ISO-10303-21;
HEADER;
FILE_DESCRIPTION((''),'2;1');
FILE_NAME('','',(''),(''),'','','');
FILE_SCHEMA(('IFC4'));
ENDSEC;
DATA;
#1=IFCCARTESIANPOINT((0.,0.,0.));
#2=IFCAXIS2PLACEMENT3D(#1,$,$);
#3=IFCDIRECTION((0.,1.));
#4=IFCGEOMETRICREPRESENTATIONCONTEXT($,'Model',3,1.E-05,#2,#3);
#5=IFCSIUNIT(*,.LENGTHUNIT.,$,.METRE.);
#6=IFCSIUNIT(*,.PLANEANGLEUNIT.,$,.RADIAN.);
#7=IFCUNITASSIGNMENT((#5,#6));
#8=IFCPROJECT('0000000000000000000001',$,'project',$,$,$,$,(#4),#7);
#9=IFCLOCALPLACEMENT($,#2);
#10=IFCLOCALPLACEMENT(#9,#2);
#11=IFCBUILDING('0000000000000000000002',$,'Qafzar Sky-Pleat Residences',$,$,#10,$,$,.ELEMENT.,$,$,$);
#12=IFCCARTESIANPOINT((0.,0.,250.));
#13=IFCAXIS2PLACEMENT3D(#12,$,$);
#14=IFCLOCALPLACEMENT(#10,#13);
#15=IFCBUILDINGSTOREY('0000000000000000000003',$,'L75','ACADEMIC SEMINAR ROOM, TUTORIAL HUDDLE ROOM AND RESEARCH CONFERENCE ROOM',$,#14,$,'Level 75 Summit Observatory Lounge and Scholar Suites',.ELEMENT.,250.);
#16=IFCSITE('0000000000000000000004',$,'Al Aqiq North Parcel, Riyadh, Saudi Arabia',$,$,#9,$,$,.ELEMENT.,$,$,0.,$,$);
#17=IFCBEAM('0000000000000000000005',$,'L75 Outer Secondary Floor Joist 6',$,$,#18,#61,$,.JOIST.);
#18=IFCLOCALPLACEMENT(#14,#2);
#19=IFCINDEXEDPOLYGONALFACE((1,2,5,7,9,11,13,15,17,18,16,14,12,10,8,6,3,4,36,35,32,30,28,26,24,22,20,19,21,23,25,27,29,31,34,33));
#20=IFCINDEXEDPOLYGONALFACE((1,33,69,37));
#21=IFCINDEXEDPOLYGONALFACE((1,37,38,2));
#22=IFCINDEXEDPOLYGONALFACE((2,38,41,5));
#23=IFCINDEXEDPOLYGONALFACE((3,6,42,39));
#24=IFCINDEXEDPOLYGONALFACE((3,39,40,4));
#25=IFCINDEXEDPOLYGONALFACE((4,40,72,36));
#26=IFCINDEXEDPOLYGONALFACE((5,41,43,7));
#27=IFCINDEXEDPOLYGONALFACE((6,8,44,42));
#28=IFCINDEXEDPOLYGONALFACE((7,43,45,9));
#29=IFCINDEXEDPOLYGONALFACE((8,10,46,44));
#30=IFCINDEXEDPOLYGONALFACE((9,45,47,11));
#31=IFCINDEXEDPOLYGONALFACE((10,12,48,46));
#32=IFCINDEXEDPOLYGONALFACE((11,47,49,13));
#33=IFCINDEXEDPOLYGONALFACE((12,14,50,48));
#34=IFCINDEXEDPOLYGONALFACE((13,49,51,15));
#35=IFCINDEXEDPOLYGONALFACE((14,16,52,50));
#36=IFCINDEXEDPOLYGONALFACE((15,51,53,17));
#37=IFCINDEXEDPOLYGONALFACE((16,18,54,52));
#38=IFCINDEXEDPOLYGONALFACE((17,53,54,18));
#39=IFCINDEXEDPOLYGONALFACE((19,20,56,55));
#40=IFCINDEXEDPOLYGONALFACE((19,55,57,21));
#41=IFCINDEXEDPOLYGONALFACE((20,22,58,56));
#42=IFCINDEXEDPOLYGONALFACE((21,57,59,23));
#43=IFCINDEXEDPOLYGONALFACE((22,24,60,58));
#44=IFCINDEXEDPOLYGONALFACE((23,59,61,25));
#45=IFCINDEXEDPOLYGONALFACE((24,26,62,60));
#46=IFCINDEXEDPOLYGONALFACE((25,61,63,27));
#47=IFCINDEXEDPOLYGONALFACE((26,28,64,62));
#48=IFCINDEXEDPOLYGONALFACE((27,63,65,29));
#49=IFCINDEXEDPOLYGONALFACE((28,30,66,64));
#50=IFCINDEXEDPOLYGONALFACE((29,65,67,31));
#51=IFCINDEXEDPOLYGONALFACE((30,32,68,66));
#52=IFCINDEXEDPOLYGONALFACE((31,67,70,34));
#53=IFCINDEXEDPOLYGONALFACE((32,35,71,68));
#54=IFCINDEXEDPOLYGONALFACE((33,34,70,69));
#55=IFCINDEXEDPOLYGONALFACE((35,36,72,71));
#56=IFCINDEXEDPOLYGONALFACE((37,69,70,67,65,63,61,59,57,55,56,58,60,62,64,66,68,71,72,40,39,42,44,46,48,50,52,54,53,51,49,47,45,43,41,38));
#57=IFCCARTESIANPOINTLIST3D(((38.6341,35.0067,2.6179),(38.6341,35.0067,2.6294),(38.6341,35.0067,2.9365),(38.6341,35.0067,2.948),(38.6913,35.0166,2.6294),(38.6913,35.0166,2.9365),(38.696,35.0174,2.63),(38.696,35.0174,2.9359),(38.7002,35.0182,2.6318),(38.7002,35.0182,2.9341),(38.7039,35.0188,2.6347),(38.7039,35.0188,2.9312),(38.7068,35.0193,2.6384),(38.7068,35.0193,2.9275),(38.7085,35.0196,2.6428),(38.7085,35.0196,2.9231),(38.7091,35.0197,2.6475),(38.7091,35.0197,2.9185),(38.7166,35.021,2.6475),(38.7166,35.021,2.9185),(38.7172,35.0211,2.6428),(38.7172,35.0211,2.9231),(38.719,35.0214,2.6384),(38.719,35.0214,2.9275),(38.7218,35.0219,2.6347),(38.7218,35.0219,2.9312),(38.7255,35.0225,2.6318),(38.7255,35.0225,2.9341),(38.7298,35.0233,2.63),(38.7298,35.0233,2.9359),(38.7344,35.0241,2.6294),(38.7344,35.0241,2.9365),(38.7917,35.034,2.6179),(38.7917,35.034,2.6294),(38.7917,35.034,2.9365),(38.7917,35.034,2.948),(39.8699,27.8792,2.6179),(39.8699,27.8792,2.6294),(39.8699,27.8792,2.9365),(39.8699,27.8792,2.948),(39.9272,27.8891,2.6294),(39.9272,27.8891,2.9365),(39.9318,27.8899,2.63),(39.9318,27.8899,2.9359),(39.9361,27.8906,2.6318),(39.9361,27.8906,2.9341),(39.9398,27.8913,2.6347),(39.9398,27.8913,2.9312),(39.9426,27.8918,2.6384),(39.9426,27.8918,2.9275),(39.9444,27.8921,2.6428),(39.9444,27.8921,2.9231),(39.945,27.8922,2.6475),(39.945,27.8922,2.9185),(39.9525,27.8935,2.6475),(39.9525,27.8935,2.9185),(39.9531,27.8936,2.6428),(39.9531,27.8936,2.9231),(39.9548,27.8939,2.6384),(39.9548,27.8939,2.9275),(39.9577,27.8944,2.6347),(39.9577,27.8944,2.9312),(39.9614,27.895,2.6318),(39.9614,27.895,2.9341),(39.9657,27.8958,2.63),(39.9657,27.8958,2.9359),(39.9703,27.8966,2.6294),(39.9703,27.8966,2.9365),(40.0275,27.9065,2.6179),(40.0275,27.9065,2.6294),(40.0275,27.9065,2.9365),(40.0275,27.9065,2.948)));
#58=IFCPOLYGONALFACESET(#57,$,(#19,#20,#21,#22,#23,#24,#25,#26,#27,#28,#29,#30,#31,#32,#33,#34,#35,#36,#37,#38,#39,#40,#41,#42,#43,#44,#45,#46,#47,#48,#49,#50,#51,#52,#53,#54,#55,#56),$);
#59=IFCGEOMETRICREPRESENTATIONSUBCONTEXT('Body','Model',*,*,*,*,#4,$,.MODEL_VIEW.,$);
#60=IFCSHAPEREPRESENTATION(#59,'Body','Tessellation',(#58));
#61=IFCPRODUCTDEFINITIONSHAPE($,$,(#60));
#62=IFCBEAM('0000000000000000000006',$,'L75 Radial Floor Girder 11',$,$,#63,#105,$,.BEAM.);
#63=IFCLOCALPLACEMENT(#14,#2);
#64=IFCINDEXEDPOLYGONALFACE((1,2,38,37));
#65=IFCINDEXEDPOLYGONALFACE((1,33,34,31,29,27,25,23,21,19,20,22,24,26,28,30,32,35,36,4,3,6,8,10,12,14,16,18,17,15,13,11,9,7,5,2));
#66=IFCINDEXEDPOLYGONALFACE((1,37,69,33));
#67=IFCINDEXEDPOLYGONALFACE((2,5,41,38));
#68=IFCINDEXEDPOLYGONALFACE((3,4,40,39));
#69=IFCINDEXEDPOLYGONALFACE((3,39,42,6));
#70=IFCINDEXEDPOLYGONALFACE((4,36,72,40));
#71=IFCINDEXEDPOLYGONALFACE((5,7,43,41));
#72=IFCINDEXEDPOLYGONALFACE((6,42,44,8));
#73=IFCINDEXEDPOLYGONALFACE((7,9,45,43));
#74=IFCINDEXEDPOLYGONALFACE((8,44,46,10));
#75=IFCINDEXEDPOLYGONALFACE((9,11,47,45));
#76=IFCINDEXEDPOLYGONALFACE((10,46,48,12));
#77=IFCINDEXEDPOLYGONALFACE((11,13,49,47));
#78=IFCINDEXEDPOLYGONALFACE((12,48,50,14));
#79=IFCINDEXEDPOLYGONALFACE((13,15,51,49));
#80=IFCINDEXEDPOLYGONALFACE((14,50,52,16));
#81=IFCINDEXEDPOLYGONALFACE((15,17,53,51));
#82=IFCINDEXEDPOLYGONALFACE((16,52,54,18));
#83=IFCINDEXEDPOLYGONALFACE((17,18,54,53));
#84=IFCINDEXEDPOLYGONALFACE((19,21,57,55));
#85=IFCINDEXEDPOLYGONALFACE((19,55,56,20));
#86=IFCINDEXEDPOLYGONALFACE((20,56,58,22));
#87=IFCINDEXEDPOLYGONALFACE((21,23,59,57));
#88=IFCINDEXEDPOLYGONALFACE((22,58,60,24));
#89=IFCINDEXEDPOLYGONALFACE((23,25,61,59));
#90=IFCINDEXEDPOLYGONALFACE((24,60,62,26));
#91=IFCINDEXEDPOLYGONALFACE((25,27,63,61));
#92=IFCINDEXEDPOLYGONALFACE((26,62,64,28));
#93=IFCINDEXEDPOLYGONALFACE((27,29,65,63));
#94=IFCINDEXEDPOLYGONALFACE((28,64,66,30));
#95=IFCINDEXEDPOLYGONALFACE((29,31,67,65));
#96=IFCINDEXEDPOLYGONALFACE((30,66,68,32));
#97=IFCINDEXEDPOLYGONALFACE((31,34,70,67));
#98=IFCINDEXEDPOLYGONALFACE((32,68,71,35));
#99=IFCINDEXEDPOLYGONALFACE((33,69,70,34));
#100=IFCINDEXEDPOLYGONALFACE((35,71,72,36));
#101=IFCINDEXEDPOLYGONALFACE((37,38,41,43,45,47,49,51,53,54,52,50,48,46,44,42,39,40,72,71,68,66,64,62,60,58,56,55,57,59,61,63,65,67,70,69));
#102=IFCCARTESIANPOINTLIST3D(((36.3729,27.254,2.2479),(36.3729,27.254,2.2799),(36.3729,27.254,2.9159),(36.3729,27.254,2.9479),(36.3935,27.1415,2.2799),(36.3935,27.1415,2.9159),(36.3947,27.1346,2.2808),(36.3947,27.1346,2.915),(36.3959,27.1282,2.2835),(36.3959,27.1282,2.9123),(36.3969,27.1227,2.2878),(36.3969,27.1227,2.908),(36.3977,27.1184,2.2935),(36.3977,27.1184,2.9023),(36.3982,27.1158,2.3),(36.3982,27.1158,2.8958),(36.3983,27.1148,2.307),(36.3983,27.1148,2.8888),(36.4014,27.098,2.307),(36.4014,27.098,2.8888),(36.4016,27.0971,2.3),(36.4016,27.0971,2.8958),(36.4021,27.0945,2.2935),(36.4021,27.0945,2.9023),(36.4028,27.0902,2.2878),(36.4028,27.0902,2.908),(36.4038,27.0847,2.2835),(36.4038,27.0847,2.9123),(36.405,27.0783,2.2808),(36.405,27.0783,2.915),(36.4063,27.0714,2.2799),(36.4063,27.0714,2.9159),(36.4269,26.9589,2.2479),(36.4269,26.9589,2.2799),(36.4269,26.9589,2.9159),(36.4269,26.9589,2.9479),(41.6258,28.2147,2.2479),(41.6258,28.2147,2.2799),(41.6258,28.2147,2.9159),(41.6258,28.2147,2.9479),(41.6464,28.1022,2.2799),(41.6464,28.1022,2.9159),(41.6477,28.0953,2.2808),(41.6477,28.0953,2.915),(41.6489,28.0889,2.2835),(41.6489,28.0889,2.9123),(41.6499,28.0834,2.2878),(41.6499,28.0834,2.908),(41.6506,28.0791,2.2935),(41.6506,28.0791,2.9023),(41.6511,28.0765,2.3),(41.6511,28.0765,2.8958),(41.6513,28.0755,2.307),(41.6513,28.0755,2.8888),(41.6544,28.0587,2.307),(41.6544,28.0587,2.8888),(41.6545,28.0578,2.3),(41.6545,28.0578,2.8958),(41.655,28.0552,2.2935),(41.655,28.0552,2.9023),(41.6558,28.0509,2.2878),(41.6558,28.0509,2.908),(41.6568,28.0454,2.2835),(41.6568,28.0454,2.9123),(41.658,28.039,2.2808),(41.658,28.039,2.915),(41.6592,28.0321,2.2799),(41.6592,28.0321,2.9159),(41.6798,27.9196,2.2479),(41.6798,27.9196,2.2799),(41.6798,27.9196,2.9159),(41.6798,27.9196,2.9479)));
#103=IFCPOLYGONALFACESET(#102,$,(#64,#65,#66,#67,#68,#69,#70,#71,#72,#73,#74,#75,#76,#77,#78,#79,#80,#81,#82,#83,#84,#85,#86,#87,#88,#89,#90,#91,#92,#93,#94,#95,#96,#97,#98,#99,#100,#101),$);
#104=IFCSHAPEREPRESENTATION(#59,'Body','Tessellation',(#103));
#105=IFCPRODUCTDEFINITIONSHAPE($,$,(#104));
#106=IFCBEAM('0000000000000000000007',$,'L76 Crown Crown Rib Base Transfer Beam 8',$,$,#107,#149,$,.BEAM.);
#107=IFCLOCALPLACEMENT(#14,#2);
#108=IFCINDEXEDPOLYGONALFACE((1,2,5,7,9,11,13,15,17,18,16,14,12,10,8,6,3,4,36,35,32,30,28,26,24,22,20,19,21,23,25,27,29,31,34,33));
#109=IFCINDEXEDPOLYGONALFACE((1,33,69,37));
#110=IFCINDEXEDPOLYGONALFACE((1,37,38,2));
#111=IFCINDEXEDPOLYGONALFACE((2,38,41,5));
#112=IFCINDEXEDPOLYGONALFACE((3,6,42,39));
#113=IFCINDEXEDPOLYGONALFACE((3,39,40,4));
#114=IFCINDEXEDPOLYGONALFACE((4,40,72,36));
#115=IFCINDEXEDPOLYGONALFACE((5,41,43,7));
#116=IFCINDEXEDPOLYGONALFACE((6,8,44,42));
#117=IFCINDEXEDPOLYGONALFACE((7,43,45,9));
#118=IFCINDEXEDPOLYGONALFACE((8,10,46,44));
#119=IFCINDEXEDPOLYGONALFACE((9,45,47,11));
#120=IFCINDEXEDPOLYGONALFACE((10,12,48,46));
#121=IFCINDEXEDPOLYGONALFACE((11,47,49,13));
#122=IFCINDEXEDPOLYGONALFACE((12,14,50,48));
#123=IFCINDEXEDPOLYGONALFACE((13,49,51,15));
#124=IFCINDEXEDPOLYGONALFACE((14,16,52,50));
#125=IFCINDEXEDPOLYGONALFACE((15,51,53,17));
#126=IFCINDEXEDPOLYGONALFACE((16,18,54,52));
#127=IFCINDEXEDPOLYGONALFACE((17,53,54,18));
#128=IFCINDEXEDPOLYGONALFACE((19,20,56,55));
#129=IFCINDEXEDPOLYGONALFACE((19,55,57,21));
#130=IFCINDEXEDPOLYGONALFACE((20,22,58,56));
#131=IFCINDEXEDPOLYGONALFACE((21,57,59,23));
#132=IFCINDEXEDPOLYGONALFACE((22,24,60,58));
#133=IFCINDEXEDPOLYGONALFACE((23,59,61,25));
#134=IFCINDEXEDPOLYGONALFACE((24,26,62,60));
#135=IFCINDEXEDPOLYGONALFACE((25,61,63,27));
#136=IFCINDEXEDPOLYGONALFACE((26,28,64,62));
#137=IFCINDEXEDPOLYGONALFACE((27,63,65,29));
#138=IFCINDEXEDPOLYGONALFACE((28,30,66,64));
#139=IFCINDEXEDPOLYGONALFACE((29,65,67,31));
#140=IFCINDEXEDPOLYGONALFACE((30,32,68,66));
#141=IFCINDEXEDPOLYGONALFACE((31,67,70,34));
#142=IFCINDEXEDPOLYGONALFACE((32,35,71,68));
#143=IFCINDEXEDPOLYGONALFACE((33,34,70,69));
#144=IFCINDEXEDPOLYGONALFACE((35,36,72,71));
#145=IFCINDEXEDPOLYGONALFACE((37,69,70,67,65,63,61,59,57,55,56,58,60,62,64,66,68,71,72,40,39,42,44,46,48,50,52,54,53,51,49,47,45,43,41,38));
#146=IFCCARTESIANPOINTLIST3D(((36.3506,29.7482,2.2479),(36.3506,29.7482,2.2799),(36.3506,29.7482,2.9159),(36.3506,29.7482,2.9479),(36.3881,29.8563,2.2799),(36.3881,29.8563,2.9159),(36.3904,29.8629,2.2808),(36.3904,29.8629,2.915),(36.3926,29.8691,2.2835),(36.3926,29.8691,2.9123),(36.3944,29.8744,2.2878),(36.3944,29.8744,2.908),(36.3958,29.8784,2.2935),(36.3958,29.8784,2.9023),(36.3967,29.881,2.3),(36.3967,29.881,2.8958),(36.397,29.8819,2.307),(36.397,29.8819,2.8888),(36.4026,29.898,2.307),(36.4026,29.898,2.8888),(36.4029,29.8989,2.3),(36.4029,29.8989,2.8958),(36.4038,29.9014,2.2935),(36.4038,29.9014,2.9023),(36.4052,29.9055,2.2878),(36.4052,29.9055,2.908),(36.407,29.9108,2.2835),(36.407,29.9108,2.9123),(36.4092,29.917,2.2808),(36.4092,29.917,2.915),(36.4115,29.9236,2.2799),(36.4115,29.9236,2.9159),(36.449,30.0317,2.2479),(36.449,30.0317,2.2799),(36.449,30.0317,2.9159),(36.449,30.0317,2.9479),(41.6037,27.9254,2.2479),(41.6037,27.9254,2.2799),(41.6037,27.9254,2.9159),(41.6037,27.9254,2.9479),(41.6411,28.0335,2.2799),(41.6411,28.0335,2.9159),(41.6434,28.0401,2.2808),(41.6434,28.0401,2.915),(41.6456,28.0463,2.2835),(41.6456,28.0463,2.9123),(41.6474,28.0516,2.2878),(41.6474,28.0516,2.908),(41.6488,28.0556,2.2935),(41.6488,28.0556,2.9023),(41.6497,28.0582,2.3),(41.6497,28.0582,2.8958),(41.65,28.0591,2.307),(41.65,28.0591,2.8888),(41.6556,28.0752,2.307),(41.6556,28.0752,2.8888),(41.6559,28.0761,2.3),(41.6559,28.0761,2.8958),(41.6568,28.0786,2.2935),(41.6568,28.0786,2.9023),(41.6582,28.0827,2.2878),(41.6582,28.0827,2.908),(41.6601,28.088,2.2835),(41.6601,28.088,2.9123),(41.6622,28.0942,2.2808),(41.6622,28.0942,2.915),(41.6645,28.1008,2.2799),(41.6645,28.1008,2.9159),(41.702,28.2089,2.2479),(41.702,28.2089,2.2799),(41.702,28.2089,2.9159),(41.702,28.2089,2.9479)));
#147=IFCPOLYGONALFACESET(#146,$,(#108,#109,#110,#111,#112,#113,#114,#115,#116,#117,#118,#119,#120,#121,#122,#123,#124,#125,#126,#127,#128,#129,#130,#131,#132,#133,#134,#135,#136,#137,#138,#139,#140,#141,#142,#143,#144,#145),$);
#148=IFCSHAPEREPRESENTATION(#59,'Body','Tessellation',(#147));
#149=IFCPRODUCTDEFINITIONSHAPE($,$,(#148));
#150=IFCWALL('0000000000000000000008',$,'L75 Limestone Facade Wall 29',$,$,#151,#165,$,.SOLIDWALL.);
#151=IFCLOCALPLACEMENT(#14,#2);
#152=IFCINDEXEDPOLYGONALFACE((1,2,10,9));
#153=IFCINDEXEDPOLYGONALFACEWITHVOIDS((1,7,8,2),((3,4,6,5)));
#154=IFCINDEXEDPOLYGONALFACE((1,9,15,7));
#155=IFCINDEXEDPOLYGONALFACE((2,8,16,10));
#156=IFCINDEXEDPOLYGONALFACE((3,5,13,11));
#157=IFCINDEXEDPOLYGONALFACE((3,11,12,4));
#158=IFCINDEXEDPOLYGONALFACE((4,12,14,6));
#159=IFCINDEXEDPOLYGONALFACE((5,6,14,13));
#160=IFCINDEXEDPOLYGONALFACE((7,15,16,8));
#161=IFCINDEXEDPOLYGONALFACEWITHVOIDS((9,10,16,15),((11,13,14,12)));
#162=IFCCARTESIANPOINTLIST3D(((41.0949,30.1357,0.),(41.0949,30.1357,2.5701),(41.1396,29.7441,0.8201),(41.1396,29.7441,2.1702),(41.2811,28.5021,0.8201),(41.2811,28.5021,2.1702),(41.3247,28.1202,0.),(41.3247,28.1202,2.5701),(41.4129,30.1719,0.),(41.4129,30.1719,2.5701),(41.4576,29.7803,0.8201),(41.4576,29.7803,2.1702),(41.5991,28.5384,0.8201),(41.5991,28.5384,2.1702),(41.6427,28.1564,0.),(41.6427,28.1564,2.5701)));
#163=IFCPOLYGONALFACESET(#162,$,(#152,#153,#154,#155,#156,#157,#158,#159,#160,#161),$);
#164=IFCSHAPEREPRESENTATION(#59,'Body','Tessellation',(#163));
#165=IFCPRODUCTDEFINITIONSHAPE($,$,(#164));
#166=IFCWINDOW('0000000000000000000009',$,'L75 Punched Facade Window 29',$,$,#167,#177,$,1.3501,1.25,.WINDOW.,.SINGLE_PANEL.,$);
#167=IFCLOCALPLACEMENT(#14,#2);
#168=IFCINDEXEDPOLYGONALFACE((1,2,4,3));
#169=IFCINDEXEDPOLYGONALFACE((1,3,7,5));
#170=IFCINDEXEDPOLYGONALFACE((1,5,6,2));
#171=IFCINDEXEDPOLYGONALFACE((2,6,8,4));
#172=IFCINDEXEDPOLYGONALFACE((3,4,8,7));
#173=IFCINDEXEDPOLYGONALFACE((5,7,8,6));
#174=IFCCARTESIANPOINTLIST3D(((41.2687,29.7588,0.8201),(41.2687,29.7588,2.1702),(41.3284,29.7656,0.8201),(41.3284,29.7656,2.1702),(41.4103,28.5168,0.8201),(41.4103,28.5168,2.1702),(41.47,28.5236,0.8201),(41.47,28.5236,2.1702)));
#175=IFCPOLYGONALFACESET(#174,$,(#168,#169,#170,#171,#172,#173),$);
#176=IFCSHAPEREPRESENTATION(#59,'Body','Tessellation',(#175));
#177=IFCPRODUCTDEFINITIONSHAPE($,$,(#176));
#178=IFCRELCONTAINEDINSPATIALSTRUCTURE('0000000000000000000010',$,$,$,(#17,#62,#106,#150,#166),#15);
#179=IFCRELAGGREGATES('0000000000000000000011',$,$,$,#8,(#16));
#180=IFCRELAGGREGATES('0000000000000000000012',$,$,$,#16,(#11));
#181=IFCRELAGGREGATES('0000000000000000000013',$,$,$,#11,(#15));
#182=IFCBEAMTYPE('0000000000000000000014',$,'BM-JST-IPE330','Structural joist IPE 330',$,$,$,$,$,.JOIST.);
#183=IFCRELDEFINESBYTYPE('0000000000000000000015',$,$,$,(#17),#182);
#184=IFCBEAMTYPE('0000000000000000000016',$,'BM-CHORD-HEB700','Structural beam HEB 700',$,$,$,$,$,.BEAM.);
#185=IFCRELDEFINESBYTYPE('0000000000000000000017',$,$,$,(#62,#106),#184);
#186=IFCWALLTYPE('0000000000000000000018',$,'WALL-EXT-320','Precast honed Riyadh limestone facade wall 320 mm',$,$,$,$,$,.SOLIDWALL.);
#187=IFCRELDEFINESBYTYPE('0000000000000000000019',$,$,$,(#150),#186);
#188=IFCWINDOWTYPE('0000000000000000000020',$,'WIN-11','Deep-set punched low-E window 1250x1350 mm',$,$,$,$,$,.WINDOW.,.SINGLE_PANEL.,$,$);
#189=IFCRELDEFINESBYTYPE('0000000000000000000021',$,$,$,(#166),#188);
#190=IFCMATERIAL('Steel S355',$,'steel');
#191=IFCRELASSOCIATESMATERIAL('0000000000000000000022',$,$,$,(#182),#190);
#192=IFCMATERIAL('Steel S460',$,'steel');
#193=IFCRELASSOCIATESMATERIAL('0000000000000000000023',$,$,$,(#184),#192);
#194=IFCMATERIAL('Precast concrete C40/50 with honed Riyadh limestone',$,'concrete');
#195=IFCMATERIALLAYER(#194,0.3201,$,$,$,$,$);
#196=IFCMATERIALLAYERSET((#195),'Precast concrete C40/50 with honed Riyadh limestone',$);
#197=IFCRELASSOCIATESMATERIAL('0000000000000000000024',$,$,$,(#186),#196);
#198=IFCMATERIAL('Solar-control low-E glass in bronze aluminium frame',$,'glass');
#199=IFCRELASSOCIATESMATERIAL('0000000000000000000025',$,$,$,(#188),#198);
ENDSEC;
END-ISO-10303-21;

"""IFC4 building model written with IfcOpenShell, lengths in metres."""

from ifc_helpers import new_model, si_unit, direction, frame, frame_2d, origin, origin_2d, place, context, subcontext, project, spatial, rectangle, i_section, extrude, source, transform, mapped, material, layer, layer_set, material_profile, profile_set, type_object, element, fill, save


model = new_model("IFC4")

# Units and contexts
model_context = context("Model", 3, precision=1e-05, world=origin(), true_north=direction((0.0, 1.0)))
body_context = subcontext(model_context, "Body", "Model", "MODEL_VIEW")
ifc_project = project(units=[si_unit("LENGTHUNIT", "METRE"), si_unit("PLANEANGLEUNIT", "RADIAN")], contexts=[model_context])

# Site, building, storey
site_placement = place(None, origin())
site = spatial("IfcSite", under=ifc_project, at=site_placement, Name="Al Aqiq North Parcel, Riyadh, Saudi Arabia", CompositionType="ELEMENT", RefElevation=0.0)
building_placement = place(site_placement, origin())
building = spatial("IfcBuilding", under=site, at=building_placement, Name="Qafzar Sky-Pleat Residences", CompositionType="ELEMENT")
storey_placement = place(building_placement, frame((0.0, 0.0, 250.0)))
storey = spatial("IfcBuildingStorey", under=building, at=storey_placement, Name="L75", Description="ACADEMIC SEMINAR ROOM, TUTORIAL HUDDLE ROOM AND RESEARCH CONFERENCE ROOM", LongName="Level 75 Summit Observatory Lounge and Scholar Suites", CompositionType="ELEMENT", Elevation=250.0)

# Shared definitions
ifc_material_1 = material(Name="Steel S355", Category="steel")

# Beams
ifc_material_profile_1 = material_profile(ifc_material_1, i_section(OverallWidth=0.1599, OverallDepth=0.3301, WebThickness=0.0076, FlangeThickness=0.0115, FilletRadius=0.0181, at=origin_2d()), Name="IPE 330")
ifc_profile_set_1 = profile_set([ifc_material_profile_1], Name="Steel S355")
beam_type_1 = type_object("IfcBeamType", Name="BM-JST-IPE330", Description="Structural joist IPE 330", PredefinedType="JOIST", material=ifc_profile_set_1)
shared_shape_1 = source(origin(), body_context, "Body", "SweptSolid", [
    extrude(i_section(OverallWidth=0.1599, OverallDepth=0.3301, WebThickness=0.0076, FlangeThickness=0.0115, FilletRadius=0.0181, at=origin_2d()), origin(), (0.0, 0.0, 1.0), 7.2339),
])
beam_1_placement = place(storey_placement, frame((39.9487, 27.8928, 2.783), z_axis=(-0.170843, 0.985298, 0.0), x_axis=(-0.985298, -0.170843, 0.0)))
element("IfcBeam", 1, at=beam_1_placement, inside=storey, type_object=beam_type_1, Name="L75 Outer Secondary Floor Joist 6", PredefinedType="JOIST", context=body_context, shape_type="MappedRepresentation", body=[
    mapped(shared_shape_1, transform((0.0, 0.0, 0.0), x_axis=(1.0, 0.0, 0.0), y_axis=(0.0, 1.0, 0.0), z_axis=(0.0, 0.0, 1.0), scale=1.0)),
])
ifc_material_2 = material(Name="Steel S460", Category="steel")
ifc_material_profile_2 = material_profile(ifc_material_2, i_section(OverallWidth=0.3, OverallDepth=0.7, WebThickness=0.0171, FlangeThickness=0.032, FilletRadius=0.0271, at=origin_2d()), Name="HEB 700")
ifc_profile_set_2 = profile_set([ifc_material_profile_2], Name="Steel S460")
beam_type_2 = type_object("IfcBeamType", Name="BM-CHORD-HEB700", Description="Structural beam HEB 700", PredefinedType="BEAM", material=ifc_profile_set_2)
shared_shape_2 = source(origin(), body_context, "Body", "SweptSolid", [
    extrude(i_section(OverallWidth=0.3, OverallDepth=0.7, WebThickness=0.0171, FlangeThickness=0.032, FilletRadius=0.0271, at=origin_2d()), origin(), (0.0, 0.0, 1.0), 5.3401),
])
beam_2_placement = place(storey_placement, frame((41.6528, 28.0671, 2.5979), z_axis=(-0.983684, -0.179903, 0.0), x_axis=(0.179903, -0.983684, 0.0)))
element("IfcBeam", 2, at=beam_2_placement, inside=storey, type_object=beam_type_2, Name="L75 Radial Floor Girder 11", PredefinedType="BEAM", context=body_context, shape_type="MappedRepresentation", body=[
    mapped(shared_shape_2, transform((0.0, 0.0, 0.0), x_axis=(1.0, 0.0, 0.0), y_axis=(0.0, 1.0, 0.0), z_axis=(0.0, 0.0, 1.0), scale=1.0)),
])
shared_shape_3 = source(origin(), body_context, "Body", "SweptSolid", [
    extrude(i_section(OverallWidth=0.3, OverallDepth=0.7, WebThickness=0.0171, FlangeThickness=0.032, FilletRadius=0.0271, at=origin_2d()), origin(), (0.0, 0.0, 1.0), 5.5603),
])
beam_3_placement = place(storey_placement, frame((41.6528, 28.0671, 2.5979), z_axis=(-0.944739, 0.327822, 0.0), x_axis=(-0.327822, -0.944739, 0.0)))
element("IfcBeam", 3, at=beam_3_placement, inside=storey, type_object=beam_type_2, Name="L76 Crown Crown Rib Base Transfer Beam 8", PredefinedType="BEAM", context=body_context, shape_type="MappedRepresentation", body=[
    mapped(shared_shape_3, transform((0.0, 0.0, 0.0), x_axis=(1.0, 0.0, 0.0), y_axis=(0.0, 1.0, 0.0), z_axis=(0.0, 0.0, 1.0), scale=1.0)),
])

# Wall, opening, window
ifc_material_3 = material(Name="Precast concrete C40/50 with honed Riyadh limestone", Category="concrete")
ifc_layer_1 = layer(ifc_material_3, 0.3201)
ifc_layer_set_1 = layer_set([ifc_layer_1], Name="Precast concrete C40/50 with honed Riyadh limestone")
wall_type = type_object("IfcWallType", Name="WALL-EXT-320", Description="Precast honed Riyadh limestone facade wall 320 mm", PredefinedType="SOLIDWALL", material=ifc_layer_set_1)
wall_1_placement = place(storey_placement, frame((41.4836, 28.1384, 0.0), z_axis=(0.0, 0.0, 1.0), x_axis=(-0.113245, 0.993567, 0.0)))
wall_1 = element("IfcWall", 4, at=wall_1_placement, inside=storey, type_object=wall_type, Name="L75 Limestone Facade Wall 29", PredefinedType="SOLIDWALL", context=body_context, shape_type="SweptSolid", body=[
    extrude(rectangle(XDim=2.0286, YDim=0.3201, at=frame_2d((1.0142, 0.0))), origin(), (0.0, 0.0, 1.0), 2.5701),
])
opening_1_placement = place(wall_1_placement, frame((0.3843, 0.0, 0.8201)))
opening_1 = element("IfcOpeningElement", 5, at=opening_1_placement, cuts=wall_1, PredefinedType="OPENING", context=body_context, shape_type="SweptSolid", body=[
    extrude(rectangle(XDim=1.25, YDim=1.3501, at=frame_2d((0.625, 0.675))), frame((0.0, 0.1699, 0.0), z_axis=(0.0, -1.0, 0.0), x_axis=(1.0, 0.0, 0.0)), (0.0, 0.0, 1.0), 0.3401),
])
ifc_material_4 = material(Name="Solar-control low-E glass in bronze aluminium frame", Category="glass")
window_type_1 = type_object("IfcWindowType", Name="WIN-11", Description="Deep-set punched low-E window 1250x1350 mm", PartitioningType="SINGLE_PANEL", PredefinedType="WINDOW", material=ifc_material_4)
shared_shape_4 = source(origin(), body_context, "Body", "SweptSolid", [
    extrude(rectangle(XDim=1.25, YDim=1.3501, at=frame_2d((0.625, 0.675))), frame((0.0, 0.03, 0.0), z_axis=(0.0, -1.0, 0.0), x_axis=(1.0, 0.0, 0.0)), (0.0, 0.0, 1.0), 0.0601),
])
window_1_placement = place(opening_1_placement, origin())
window_1 = element("IfcWindow", 6, at=window_1_placement, inside=storey, type_object=window_type_1, Name="L75 Punched Facade Window 29", OverallHeight=1.3501, OverallWidth=1.25, PartitioningType="SINGLE_PANEL", PredefinedType="WINDOW", context=body_context, shape_type="MappedRepresentation", body=[
    mapped(shared_shape_4, transform((0.0, 0.0, 0.0), x_axis=(1.0, 0.0, 0.0), y_axis=(0.0, 1.0, 0.0), z_axis=(0.0, 0.0, 1.0), scale=1.0)),
])
fill(opening_1, window_1)

save(model, "model.ifc")
